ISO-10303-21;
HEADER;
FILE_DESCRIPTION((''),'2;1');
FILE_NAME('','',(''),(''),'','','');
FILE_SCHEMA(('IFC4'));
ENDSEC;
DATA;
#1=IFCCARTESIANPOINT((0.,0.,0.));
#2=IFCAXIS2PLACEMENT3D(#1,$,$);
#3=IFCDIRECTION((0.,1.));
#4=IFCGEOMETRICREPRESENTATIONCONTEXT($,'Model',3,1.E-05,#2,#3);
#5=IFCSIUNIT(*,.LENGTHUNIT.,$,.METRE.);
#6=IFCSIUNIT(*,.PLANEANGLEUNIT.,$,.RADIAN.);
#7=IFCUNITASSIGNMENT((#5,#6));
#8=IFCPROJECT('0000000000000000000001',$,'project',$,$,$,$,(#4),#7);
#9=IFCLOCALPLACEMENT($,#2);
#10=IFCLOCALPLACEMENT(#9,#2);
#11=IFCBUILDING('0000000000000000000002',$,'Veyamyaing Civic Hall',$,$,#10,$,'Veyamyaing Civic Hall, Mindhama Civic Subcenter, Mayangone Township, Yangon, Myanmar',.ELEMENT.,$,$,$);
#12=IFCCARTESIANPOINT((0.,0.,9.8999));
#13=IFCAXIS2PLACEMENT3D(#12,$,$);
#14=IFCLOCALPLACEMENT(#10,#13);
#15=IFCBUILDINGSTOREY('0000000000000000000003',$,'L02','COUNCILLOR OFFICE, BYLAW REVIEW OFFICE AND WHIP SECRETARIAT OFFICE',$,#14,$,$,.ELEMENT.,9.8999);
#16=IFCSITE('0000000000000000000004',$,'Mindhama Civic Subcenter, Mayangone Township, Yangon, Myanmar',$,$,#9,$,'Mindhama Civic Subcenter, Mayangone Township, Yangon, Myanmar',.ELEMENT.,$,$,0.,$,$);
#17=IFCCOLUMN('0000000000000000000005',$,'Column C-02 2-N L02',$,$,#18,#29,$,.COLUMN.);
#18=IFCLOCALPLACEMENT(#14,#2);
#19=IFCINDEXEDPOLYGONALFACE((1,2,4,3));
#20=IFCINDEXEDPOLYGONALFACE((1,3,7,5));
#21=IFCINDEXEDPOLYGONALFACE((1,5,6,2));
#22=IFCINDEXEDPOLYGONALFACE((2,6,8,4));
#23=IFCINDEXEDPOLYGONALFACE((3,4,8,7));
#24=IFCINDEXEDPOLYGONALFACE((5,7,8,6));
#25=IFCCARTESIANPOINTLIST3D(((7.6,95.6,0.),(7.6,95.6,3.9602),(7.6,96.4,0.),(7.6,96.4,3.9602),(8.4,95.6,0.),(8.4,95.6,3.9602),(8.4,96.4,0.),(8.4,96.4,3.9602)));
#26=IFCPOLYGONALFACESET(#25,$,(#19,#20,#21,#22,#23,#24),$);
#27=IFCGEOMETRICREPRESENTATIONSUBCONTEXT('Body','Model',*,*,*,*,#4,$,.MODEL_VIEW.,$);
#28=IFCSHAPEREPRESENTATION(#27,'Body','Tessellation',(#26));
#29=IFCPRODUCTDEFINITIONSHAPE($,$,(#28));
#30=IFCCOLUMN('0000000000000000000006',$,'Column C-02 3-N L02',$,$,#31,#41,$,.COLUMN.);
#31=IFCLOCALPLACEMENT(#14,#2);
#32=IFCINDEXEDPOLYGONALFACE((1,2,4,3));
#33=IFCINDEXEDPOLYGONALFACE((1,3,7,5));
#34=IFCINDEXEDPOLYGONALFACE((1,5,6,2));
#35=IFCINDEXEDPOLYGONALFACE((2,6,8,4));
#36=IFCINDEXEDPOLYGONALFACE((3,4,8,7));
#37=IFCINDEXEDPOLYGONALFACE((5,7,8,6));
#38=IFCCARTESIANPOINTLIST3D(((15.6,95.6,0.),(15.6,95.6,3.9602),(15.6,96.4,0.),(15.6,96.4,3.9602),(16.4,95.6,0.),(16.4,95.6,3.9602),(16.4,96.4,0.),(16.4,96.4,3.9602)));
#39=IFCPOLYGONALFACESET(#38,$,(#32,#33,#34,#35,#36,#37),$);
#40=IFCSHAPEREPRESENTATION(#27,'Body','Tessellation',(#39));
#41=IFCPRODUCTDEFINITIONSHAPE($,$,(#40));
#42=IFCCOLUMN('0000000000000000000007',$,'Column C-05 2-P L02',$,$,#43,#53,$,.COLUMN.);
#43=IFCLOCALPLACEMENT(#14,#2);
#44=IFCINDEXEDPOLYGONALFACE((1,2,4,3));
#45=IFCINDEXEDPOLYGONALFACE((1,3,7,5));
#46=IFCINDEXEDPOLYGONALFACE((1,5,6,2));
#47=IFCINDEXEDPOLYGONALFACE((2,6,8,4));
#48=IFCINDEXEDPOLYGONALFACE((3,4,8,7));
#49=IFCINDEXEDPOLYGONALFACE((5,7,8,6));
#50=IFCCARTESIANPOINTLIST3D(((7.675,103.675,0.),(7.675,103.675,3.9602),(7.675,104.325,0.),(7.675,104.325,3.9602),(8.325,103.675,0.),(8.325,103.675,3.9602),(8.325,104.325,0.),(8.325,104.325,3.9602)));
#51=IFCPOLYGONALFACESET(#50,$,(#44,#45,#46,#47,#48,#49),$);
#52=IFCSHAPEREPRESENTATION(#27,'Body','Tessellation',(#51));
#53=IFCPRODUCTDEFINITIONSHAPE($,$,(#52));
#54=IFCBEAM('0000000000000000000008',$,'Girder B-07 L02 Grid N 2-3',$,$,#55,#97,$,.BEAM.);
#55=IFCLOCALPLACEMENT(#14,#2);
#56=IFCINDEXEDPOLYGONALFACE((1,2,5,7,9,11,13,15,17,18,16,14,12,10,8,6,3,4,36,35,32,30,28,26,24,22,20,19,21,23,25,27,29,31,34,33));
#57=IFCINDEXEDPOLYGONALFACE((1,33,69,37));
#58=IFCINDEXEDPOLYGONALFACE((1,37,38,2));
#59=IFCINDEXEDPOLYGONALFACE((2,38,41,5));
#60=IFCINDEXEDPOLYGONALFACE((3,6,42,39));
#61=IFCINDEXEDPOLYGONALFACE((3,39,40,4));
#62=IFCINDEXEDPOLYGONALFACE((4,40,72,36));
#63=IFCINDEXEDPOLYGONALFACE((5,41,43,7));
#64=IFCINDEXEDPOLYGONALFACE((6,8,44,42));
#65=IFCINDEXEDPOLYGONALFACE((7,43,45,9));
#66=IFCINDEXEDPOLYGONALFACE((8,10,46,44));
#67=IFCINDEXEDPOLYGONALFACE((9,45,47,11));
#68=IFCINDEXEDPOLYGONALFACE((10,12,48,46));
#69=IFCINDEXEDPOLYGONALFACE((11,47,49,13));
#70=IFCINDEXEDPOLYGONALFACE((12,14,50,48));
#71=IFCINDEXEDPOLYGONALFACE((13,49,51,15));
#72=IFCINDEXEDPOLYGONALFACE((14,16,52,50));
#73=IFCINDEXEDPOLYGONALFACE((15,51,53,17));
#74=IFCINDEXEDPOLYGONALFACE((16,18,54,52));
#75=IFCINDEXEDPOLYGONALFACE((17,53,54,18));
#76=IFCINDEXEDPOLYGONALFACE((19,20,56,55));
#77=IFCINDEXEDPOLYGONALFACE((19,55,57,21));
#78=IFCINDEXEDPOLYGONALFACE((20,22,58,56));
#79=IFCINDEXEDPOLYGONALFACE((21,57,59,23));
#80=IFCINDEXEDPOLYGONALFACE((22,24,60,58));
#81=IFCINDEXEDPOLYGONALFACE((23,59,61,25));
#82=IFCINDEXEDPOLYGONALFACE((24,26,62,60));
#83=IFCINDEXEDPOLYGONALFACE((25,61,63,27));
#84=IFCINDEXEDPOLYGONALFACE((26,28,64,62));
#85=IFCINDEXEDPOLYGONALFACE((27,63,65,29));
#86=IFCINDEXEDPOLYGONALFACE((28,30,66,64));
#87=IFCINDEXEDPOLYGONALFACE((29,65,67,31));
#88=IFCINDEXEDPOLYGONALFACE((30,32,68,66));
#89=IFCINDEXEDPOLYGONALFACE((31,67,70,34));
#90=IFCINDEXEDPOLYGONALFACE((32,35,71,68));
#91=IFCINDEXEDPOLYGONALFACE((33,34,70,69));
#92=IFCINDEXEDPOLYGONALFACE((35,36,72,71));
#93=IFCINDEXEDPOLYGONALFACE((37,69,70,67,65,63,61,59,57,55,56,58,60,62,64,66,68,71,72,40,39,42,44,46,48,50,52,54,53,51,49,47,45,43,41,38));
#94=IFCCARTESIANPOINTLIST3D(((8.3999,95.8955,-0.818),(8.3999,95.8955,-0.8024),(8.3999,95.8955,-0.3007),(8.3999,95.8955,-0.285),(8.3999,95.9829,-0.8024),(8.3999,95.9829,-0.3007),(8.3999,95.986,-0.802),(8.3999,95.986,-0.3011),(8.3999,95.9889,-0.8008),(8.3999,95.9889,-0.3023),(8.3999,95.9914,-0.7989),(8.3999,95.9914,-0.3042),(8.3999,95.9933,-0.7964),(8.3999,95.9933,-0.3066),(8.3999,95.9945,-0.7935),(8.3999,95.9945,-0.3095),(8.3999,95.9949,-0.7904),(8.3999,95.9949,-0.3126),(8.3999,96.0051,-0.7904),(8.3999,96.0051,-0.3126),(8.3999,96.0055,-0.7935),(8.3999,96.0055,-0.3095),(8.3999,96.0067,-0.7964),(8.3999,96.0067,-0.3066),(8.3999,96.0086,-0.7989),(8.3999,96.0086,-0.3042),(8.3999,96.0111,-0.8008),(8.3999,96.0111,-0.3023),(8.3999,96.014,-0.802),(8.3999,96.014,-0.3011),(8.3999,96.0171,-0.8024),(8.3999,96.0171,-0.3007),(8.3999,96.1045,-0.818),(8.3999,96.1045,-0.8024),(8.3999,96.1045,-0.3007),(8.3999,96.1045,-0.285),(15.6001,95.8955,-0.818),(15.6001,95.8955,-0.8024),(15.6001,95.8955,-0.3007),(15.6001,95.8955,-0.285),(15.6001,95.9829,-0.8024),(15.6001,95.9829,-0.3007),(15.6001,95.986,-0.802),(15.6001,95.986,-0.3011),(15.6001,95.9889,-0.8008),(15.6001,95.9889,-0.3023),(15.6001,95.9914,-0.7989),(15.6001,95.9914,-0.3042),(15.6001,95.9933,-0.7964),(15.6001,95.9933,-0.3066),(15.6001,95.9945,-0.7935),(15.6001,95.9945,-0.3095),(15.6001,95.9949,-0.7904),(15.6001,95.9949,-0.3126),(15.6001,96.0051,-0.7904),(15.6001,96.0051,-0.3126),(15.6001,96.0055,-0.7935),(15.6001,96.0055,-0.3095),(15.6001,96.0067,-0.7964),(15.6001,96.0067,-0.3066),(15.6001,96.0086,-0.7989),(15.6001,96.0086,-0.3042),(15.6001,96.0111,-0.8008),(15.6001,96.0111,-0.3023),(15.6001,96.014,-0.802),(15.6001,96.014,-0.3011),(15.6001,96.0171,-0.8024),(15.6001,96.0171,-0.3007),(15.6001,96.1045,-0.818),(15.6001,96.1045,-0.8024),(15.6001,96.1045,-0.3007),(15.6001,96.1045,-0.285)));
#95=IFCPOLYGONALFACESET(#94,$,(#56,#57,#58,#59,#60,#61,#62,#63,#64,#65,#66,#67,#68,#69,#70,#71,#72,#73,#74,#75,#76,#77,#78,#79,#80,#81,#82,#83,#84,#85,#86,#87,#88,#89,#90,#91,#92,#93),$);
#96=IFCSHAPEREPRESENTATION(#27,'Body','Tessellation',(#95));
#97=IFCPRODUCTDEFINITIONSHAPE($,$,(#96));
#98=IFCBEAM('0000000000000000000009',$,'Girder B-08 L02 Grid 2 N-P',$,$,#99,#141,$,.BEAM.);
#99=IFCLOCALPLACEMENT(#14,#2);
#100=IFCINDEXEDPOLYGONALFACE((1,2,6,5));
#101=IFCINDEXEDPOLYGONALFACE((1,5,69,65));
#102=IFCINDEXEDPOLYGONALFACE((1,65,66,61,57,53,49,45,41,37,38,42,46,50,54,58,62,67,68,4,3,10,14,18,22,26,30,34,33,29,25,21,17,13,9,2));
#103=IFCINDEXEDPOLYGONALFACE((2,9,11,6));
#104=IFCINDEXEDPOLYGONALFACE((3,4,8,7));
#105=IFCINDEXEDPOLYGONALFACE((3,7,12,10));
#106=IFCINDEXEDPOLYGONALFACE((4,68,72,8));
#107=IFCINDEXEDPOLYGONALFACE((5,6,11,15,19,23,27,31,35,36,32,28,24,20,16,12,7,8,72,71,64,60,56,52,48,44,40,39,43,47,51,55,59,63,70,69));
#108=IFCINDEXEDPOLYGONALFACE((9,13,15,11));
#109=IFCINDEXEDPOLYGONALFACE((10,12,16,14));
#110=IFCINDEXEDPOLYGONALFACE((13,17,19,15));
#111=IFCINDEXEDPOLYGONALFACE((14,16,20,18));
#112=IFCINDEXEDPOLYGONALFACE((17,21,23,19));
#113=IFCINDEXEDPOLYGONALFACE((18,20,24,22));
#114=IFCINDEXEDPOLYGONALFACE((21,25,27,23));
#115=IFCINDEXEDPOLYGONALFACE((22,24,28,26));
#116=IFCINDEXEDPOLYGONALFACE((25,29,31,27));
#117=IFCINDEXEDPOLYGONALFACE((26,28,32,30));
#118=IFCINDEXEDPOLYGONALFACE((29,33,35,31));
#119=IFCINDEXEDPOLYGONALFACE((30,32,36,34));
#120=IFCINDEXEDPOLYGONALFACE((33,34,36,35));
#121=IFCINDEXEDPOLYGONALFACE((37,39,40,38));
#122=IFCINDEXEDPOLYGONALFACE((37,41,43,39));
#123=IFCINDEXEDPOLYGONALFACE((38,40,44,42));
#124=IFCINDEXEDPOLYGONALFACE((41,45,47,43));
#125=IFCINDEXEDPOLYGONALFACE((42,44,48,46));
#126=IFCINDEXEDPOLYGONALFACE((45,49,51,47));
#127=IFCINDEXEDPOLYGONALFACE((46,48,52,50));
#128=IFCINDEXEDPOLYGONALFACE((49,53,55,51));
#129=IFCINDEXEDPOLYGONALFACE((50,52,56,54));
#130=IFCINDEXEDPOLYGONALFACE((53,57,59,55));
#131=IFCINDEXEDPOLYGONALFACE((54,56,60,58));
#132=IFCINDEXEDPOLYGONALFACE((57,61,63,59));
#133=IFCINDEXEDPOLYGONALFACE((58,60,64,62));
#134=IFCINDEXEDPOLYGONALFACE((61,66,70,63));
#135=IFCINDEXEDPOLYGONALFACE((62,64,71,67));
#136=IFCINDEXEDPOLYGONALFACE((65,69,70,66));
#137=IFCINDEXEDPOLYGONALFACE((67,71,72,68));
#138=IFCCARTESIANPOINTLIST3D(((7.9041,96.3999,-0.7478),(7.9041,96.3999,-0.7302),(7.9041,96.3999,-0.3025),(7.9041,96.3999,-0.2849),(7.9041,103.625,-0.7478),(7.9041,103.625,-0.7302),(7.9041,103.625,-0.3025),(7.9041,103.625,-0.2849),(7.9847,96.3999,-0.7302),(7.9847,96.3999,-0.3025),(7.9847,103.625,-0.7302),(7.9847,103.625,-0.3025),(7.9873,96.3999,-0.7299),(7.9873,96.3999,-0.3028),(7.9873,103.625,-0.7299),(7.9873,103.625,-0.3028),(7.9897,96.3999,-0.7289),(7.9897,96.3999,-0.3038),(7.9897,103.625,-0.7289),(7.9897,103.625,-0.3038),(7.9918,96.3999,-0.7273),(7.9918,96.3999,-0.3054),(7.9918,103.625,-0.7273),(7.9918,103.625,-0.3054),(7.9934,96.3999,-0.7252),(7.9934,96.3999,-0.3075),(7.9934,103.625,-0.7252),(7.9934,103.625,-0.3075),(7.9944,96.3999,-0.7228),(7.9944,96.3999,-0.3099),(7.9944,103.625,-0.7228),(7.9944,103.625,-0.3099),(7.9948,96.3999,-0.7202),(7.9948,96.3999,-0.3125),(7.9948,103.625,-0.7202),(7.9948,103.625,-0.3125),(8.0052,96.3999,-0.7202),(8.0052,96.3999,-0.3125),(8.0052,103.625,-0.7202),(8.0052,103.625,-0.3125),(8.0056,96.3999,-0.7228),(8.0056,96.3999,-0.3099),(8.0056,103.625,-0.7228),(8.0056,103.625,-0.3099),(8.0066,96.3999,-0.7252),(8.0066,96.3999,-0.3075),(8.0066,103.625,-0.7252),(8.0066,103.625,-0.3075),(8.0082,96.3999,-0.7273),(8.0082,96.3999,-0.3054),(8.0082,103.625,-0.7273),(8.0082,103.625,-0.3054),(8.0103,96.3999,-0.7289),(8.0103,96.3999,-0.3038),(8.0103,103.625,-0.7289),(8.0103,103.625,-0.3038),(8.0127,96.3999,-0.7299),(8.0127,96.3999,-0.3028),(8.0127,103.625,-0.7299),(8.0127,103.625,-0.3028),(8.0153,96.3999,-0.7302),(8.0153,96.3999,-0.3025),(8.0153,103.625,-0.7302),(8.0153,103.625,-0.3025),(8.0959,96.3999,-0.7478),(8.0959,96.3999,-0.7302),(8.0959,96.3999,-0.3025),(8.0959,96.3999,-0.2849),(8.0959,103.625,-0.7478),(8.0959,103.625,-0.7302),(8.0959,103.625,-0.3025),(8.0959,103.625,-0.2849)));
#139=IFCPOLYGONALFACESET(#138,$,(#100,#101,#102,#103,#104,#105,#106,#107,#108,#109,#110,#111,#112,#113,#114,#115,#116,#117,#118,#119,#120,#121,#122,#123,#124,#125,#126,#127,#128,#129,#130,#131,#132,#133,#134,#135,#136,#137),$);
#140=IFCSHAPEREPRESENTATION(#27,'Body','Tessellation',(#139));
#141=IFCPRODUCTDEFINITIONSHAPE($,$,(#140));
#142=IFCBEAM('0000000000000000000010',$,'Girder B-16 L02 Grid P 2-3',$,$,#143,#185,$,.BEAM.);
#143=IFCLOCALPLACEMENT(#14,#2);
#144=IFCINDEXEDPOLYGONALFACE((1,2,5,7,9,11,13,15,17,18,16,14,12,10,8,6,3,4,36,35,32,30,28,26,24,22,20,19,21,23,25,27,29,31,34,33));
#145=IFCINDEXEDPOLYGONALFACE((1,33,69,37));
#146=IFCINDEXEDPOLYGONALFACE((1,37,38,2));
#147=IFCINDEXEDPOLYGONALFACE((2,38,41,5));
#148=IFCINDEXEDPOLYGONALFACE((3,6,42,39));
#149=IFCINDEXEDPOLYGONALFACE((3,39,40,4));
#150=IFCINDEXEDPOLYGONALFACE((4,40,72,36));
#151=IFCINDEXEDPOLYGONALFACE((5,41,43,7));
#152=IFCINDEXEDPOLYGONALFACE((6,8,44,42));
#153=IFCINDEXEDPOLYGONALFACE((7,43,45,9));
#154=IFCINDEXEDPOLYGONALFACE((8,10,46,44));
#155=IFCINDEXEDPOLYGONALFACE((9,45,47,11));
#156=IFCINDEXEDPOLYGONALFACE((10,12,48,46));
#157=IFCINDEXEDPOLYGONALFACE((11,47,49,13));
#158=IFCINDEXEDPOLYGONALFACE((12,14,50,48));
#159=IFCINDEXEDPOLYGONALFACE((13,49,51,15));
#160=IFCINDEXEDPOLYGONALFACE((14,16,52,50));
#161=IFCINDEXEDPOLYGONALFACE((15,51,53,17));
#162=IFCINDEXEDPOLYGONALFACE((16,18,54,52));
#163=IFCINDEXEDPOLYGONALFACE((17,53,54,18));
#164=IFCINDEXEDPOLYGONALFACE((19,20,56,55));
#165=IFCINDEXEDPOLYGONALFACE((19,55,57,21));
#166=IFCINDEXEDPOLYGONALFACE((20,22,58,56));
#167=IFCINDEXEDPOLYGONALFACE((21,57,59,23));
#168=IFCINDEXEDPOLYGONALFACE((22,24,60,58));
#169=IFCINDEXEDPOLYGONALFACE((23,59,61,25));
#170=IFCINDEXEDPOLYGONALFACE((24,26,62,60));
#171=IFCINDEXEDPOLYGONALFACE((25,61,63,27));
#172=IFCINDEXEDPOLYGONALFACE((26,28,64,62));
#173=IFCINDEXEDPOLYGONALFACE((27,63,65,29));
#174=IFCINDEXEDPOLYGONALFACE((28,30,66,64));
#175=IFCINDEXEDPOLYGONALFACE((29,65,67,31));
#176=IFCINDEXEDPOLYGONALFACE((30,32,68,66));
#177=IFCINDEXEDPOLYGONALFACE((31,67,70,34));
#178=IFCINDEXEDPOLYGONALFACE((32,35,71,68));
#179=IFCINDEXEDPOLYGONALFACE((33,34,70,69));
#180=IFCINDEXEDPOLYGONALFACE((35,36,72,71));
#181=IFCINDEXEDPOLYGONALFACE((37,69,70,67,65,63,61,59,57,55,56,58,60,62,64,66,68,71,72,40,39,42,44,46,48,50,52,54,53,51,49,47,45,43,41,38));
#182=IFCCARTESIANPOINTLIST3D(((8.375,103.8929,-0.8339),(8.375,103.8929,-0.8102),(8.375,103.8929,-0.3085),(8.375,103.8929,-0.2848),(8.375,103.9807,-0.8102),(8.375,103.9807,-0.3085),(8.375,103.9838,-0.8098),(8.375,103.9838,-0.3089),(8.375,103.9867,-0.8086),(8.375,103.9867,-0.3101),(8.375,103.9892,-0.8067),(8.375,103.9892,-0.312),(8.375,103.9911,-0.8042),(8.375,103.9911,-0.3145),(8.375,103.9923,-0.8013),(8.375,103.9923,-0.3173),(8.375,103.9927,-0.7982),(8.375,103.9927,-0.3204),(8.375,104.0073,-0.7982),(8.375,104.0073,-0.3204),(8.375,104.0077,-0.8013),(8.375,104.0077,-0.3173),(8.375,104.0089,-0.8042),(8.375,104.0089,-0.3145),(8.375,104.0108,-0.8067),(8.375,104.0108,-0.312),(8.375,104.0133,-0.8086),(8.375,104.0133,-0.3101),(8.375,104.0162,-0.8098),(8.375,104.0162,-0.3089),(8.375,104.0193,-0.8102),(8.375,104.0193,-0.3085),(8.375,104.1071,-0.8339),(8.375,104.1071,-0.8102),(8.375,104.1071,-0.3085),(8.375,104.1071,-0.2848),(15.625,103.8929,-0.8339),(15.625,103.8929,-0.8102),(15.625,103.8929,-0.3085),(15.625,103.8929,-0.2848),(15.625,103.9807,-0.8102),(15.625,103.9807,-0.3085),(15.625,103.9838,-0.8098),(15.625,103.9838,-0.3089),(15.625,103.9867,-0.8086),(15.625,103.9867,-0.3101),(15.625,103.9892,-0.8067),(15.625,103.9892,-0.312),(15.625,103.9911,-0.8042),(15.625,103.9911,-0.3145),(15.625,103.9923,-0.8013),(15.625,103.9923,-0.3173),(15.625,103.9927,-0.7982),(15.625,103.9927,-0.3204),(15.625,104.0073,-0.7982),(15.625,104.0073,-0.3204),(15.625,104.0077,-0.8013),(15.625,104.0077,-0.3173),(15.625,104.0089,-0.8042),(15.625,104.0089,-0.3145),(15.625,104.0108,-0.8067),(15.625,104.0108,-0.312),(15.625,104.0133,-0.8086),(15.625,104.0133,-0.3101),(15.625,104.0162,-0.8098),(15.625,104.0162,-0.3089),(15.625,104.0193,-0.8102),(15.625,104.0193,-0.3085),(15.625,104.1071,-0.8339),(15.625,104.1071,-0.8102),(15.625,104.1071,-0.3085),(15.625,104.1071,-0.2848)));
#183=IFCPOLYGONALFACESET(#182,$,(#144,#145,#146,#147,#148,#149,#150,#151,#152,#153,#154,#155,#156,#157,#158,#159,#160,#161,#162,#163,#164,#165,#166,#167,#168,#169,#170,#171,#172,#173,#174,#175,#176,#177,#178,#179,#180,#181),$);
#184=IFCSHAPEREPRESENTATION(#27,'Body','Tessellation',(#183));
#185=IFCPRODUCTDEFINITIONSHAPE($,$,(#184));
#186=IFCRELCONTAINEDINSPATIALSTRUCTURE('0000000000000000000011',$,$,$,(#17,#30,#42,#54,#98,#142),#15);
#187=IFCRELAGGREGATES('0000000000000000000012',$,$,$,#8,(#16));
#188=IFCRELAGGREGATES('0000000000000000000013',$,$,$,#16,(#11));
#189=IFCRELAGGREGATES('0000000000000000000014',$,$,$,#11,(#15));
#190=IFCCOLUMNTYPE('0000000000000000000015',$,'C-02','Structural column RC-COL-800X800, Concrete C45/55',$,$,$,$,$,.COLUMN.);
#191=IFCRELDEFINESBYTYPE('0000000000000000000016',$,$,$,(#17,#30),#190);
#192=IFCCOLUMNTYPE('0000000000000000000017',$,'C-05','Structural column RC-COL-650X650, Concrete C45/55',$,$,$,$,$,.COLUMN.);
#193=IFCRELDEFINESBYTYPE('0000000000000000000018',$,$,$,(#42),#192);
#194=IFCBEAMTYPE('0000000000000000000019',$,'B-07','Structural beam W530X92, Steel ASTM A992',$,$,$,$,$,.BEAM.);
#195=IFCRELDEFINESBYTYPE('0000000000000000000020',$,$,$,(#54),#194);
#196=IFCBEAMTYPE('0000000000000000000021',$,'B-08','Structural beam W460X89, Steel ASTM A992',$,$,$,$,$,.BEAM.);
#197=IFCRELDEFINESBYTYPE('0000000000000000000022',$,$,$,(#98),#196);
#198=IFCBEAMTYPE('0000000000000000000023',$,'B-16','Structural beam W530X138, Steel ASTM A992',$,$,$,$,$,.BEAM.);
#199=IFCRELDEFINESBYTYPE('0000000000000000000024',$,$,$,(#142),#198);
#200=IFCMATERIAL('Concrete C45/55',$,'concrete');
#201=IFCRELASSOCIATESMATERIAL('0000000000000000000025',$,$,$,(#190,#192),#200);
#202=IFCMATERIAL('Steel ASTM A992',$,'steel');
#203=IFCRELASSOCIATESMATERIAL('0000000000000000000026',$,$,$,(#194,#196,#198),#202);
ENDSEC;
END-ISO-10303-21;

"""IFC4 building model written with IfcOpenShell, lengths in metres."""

from ifc_helpers import new_model, si_unit, direction, frame, origin, origin_2d, place, context, subcontext, project, spatial, rectangle, i_section, extrude, material, material_profile, profile_set, type_object, element, save


model = new_model("IFC4")

# Units and contexts
model_context = context("Model", 3, precision=1e-05, world=origin(), true_north=direction((0.0, 1.0)))
body_context = subcontext(model_context, "Body", "Model", "MODEL_VIEW")
ifc_project = project(units=[si_unit("LENGTHUNIT", "METRE"), si_unit("PLANEANGLEUNIT", "RADIAN")], contexts=[model_context])

# Site, building, storey
site_placement = place(None, origin())
site = spatial("IfcSite", under=ifc_project, at=site_placement, Name="Mindhama Civic Subcenter, Mayangone Township, Yangon, Myanmar", LongName="Mindhama Civic Subcenter, Mayangone Township, Yangon, Myanmar", CompositionType="ELEMENT", RefElevation=0.0)
building_placement = place(site_placement, origin())
building = spatial("IfcBuilding", under=site, at=building_placement, Name="Veyamyaing Civic Hall", LongName="Veyamyaing Civic Hall, Mindhama Civic Subcenter, Mayangone Township, Yangon, Myanmar", CompositionType="ELEMENT")
storey_placement = place(building_placement, frame((0.0, 0.0, 9.8999)))
storey = spatial("IfcBuildingStorey", under=building, at=storey_placement, Name="L02", Description="COUNCILLOR OFFICE, BYLAW REVIEW OFFICE AND WHIP SECRETARIAT OFFICE", CompositionType="ELEMENT", Elevation=9.8999)

# Columns
ifc_material_1 = material(Name="Concrete C45/55", Category="concrete")
ifc_material_profile_1 = material_profile(ifc_material_1, rectangle(XDim=0.8, YDim=0.8, at=origin_2d()), Name="RC-COL-800X800")
ifc_profile_set_1 = profile_set([ifc_material_profile_1], Name="Concrete C45/55")
column_type_1 = type_object("IfcColumnType", Name="C-02", Description="Structural column RC-COL-800X800, Concrete C45/55", PredefinedType="COLUMN", material=ifc_profile_set_1)
for number, where, z_axis, x_axis, name in (
    (1, (8.0, 96.0, 0.0), (0.0, 0.0, 1.0), (1.0, 0.0, 0.0), "Column C-02 2-N L02"),
    (2, (16.0, 96.0, 0.0), (0.0, 0.0, 1.0), (1.0, 0.0, 0.0), "Column C-02 3-N L02"),
):
    element("IfcColumn", number, at=place(storey_placement, frame(where, z_axis=z_axis, x_axis=x_axis)), inside=storey, type_object=column_type_1, Name=name, PredefinedType="COLUMN", context=body_context, shape_type="SweptSolid", body=[
        extrude(rectangle(XDim=0.8, YDim=0.8, at=origin_2d()), origin(), (0.0, 0.0, 1.0), 3.9602),
    ])
ifc_material_profile_2 = material_profile(ifc_material_1, rectangle(XDim=0.6499, YDim=0.6499, at=origin_2d()), Name="RC-COL-650X650")
ifc_profile_set_2 = profile_set([ifc_material_profile_2], Name="Concrete C45/55")
column_type_2 = type_object("IfcColumnType", Name="C-05", Description="Structural column RC-COL-650X650, Concrete C45/55", PredefinedType="COLUMN", material=ifc_profile_set_2)
column_placement = place(storey_placement, frame((8.0, 104.0, 0.0), z_axis=(0.0, 0.0, 1.0), x_axis=(1.0, 0.0, 0.0)))
element("IfcColumn", 3, at=column_placement, inside=storey, type_object=column_type_2, Name="Column C-05 2-P L02", PredefinedType="COLUMN", context=body_context, shape_type="SweptSolid", body=[
    extrude(rectangle(XDim=0.6499, YDim=0.6499, at=origin_2d()), origin(), (0.0, 0.0, 1.0), 3.9602),
])

# Beams
ifc_material_2 = material(Name="Steel ASTM A992", Category="steel")
ifc_material_profile_3 = material_profile(ifc_material_2, i_section(OverallWidth=0.209, OverallDepth=0.533, WebThickness=0.0103, FlangeThickness=0.0156, FilletRadius=0.012, at=origin_2d()), Name="W530X92")
ifc_profile_set_3 = profile_set([ifc_material_profile_3], Name="Steel ASTM A992")
beam_type_1 = type_object("IfcBeamType", Name="B-07", Description="Structural beam W530X92, Steel ASTM A992", PredefinedType="BEAM", material=ifc_profile_set_3)
beam_1_placement = place(storey_placement, frame((8.3999, 96.0, -0.5515), z_axis=(1.0, 0.0, 0.0), x_axis=(0.0, 1.0, 0.0)))
element("IfcBeam", 4, at=beam_1_placement, inside=storey, type_object=beam_type_1, Name="Girder B-07 L02 Grid N 2-3", PredefinedType="BEAM", context=body_context, shape_type="SweptSolid", body=[
    extrude(i_section(OverallWidth=0.209, OverallDepth=0.533, WebThickness=0.0103, FlangeThickness=0.0156, FilletRadius=0.012, at=origin_2d()), origin(), (0.0, 0.0, 1.0), 7.2002),
])
ifc_material_profile_4 = material_profile(ifc_material_2, i_section(OverallWidth=0.1919, OverallDepth=0.4629, WebThickness=0.0105, FlangeThickness=0.0176, FilletRadius=0.01, at=origin_2d()), Name="W460X89")
ifc_profile_set_4 = profile_set([ifc_material_profile_4], Name="Steel ASTM A992")
beam_type_2 = type_object("IfcBeamType", Name="B-08", Description="Structural beam W460X89, Steel ASTM A992", PredefinedType="BEAM", material=ifc_profile_set_4)
beam_2_placement = place(storey_placement, frame((8.0, 96.3999, -0.5164), z_axis=(0.0, 1.0, 0.0), x_axis=(-1.0, 0.0, 0.0)))
element("IfcBeam", 5, at=beam_2_placement, inside=storey, type_object=beam_type_2, Name="Girder B-08 L02 Grid 2 N-P", PredefinedType="BEAM", context=body_context, shape_type="SweptSolid", body=[
    extrude(i_section(OverallWidth=0.1919, OverallDepth=0.4629, WebThickness=0.0105, FlangeThickness=0.0176, FilletRadius=0.01, at=origin_2d()), origin(), (0.0, 0.0, 1.0), 7.2251),
])
ifc_material_profile_5 = material_profile(ifc_material_2, i_section(OverallWidth=0.2141, OverallDepth=0.5491, WebThickness=0.0146, FlangeThickness=0.0237, FilletRadius=0.012, at=origin_2d()), Name="W530X138")
ifc_profile_set_5 = profile_set([ifc_material_profile_5], Name="Steel ASTM A992")
beam_type_3 = type_object("IfcBeamType", Name="B-16", Description="Structural beam W530X138, Steel ASTM A992", PredefinedType="BEAM", material=ifc_profile_set_5)
beam_3_placement = place(storey_placement, frame((8.375, 104.0, -0.5593), z_axis=(1.0, 0.0, 0.0), x_axis=(0.0, 1.0, 0.0)))
element("IfcBeam", 6, at=beam_3_placement, inside=storey, type_object=beam_type_3, Name="Girder B-16 L02 Grid P 2-3", PredefinedType="BEAM", context=body_context, shape_type="SweptSolid", body=[
    extrude(i_section(OverallWidth=0.2141, OverallDepth=0.5491, WebThickness=0.0146, FlangeThickness=0.0237, FilletRadius=0.012, at=origin_2d()), origin(), (0.0, 0.0, 1.0), 7.25),
])

save(model, "model.ifc")
